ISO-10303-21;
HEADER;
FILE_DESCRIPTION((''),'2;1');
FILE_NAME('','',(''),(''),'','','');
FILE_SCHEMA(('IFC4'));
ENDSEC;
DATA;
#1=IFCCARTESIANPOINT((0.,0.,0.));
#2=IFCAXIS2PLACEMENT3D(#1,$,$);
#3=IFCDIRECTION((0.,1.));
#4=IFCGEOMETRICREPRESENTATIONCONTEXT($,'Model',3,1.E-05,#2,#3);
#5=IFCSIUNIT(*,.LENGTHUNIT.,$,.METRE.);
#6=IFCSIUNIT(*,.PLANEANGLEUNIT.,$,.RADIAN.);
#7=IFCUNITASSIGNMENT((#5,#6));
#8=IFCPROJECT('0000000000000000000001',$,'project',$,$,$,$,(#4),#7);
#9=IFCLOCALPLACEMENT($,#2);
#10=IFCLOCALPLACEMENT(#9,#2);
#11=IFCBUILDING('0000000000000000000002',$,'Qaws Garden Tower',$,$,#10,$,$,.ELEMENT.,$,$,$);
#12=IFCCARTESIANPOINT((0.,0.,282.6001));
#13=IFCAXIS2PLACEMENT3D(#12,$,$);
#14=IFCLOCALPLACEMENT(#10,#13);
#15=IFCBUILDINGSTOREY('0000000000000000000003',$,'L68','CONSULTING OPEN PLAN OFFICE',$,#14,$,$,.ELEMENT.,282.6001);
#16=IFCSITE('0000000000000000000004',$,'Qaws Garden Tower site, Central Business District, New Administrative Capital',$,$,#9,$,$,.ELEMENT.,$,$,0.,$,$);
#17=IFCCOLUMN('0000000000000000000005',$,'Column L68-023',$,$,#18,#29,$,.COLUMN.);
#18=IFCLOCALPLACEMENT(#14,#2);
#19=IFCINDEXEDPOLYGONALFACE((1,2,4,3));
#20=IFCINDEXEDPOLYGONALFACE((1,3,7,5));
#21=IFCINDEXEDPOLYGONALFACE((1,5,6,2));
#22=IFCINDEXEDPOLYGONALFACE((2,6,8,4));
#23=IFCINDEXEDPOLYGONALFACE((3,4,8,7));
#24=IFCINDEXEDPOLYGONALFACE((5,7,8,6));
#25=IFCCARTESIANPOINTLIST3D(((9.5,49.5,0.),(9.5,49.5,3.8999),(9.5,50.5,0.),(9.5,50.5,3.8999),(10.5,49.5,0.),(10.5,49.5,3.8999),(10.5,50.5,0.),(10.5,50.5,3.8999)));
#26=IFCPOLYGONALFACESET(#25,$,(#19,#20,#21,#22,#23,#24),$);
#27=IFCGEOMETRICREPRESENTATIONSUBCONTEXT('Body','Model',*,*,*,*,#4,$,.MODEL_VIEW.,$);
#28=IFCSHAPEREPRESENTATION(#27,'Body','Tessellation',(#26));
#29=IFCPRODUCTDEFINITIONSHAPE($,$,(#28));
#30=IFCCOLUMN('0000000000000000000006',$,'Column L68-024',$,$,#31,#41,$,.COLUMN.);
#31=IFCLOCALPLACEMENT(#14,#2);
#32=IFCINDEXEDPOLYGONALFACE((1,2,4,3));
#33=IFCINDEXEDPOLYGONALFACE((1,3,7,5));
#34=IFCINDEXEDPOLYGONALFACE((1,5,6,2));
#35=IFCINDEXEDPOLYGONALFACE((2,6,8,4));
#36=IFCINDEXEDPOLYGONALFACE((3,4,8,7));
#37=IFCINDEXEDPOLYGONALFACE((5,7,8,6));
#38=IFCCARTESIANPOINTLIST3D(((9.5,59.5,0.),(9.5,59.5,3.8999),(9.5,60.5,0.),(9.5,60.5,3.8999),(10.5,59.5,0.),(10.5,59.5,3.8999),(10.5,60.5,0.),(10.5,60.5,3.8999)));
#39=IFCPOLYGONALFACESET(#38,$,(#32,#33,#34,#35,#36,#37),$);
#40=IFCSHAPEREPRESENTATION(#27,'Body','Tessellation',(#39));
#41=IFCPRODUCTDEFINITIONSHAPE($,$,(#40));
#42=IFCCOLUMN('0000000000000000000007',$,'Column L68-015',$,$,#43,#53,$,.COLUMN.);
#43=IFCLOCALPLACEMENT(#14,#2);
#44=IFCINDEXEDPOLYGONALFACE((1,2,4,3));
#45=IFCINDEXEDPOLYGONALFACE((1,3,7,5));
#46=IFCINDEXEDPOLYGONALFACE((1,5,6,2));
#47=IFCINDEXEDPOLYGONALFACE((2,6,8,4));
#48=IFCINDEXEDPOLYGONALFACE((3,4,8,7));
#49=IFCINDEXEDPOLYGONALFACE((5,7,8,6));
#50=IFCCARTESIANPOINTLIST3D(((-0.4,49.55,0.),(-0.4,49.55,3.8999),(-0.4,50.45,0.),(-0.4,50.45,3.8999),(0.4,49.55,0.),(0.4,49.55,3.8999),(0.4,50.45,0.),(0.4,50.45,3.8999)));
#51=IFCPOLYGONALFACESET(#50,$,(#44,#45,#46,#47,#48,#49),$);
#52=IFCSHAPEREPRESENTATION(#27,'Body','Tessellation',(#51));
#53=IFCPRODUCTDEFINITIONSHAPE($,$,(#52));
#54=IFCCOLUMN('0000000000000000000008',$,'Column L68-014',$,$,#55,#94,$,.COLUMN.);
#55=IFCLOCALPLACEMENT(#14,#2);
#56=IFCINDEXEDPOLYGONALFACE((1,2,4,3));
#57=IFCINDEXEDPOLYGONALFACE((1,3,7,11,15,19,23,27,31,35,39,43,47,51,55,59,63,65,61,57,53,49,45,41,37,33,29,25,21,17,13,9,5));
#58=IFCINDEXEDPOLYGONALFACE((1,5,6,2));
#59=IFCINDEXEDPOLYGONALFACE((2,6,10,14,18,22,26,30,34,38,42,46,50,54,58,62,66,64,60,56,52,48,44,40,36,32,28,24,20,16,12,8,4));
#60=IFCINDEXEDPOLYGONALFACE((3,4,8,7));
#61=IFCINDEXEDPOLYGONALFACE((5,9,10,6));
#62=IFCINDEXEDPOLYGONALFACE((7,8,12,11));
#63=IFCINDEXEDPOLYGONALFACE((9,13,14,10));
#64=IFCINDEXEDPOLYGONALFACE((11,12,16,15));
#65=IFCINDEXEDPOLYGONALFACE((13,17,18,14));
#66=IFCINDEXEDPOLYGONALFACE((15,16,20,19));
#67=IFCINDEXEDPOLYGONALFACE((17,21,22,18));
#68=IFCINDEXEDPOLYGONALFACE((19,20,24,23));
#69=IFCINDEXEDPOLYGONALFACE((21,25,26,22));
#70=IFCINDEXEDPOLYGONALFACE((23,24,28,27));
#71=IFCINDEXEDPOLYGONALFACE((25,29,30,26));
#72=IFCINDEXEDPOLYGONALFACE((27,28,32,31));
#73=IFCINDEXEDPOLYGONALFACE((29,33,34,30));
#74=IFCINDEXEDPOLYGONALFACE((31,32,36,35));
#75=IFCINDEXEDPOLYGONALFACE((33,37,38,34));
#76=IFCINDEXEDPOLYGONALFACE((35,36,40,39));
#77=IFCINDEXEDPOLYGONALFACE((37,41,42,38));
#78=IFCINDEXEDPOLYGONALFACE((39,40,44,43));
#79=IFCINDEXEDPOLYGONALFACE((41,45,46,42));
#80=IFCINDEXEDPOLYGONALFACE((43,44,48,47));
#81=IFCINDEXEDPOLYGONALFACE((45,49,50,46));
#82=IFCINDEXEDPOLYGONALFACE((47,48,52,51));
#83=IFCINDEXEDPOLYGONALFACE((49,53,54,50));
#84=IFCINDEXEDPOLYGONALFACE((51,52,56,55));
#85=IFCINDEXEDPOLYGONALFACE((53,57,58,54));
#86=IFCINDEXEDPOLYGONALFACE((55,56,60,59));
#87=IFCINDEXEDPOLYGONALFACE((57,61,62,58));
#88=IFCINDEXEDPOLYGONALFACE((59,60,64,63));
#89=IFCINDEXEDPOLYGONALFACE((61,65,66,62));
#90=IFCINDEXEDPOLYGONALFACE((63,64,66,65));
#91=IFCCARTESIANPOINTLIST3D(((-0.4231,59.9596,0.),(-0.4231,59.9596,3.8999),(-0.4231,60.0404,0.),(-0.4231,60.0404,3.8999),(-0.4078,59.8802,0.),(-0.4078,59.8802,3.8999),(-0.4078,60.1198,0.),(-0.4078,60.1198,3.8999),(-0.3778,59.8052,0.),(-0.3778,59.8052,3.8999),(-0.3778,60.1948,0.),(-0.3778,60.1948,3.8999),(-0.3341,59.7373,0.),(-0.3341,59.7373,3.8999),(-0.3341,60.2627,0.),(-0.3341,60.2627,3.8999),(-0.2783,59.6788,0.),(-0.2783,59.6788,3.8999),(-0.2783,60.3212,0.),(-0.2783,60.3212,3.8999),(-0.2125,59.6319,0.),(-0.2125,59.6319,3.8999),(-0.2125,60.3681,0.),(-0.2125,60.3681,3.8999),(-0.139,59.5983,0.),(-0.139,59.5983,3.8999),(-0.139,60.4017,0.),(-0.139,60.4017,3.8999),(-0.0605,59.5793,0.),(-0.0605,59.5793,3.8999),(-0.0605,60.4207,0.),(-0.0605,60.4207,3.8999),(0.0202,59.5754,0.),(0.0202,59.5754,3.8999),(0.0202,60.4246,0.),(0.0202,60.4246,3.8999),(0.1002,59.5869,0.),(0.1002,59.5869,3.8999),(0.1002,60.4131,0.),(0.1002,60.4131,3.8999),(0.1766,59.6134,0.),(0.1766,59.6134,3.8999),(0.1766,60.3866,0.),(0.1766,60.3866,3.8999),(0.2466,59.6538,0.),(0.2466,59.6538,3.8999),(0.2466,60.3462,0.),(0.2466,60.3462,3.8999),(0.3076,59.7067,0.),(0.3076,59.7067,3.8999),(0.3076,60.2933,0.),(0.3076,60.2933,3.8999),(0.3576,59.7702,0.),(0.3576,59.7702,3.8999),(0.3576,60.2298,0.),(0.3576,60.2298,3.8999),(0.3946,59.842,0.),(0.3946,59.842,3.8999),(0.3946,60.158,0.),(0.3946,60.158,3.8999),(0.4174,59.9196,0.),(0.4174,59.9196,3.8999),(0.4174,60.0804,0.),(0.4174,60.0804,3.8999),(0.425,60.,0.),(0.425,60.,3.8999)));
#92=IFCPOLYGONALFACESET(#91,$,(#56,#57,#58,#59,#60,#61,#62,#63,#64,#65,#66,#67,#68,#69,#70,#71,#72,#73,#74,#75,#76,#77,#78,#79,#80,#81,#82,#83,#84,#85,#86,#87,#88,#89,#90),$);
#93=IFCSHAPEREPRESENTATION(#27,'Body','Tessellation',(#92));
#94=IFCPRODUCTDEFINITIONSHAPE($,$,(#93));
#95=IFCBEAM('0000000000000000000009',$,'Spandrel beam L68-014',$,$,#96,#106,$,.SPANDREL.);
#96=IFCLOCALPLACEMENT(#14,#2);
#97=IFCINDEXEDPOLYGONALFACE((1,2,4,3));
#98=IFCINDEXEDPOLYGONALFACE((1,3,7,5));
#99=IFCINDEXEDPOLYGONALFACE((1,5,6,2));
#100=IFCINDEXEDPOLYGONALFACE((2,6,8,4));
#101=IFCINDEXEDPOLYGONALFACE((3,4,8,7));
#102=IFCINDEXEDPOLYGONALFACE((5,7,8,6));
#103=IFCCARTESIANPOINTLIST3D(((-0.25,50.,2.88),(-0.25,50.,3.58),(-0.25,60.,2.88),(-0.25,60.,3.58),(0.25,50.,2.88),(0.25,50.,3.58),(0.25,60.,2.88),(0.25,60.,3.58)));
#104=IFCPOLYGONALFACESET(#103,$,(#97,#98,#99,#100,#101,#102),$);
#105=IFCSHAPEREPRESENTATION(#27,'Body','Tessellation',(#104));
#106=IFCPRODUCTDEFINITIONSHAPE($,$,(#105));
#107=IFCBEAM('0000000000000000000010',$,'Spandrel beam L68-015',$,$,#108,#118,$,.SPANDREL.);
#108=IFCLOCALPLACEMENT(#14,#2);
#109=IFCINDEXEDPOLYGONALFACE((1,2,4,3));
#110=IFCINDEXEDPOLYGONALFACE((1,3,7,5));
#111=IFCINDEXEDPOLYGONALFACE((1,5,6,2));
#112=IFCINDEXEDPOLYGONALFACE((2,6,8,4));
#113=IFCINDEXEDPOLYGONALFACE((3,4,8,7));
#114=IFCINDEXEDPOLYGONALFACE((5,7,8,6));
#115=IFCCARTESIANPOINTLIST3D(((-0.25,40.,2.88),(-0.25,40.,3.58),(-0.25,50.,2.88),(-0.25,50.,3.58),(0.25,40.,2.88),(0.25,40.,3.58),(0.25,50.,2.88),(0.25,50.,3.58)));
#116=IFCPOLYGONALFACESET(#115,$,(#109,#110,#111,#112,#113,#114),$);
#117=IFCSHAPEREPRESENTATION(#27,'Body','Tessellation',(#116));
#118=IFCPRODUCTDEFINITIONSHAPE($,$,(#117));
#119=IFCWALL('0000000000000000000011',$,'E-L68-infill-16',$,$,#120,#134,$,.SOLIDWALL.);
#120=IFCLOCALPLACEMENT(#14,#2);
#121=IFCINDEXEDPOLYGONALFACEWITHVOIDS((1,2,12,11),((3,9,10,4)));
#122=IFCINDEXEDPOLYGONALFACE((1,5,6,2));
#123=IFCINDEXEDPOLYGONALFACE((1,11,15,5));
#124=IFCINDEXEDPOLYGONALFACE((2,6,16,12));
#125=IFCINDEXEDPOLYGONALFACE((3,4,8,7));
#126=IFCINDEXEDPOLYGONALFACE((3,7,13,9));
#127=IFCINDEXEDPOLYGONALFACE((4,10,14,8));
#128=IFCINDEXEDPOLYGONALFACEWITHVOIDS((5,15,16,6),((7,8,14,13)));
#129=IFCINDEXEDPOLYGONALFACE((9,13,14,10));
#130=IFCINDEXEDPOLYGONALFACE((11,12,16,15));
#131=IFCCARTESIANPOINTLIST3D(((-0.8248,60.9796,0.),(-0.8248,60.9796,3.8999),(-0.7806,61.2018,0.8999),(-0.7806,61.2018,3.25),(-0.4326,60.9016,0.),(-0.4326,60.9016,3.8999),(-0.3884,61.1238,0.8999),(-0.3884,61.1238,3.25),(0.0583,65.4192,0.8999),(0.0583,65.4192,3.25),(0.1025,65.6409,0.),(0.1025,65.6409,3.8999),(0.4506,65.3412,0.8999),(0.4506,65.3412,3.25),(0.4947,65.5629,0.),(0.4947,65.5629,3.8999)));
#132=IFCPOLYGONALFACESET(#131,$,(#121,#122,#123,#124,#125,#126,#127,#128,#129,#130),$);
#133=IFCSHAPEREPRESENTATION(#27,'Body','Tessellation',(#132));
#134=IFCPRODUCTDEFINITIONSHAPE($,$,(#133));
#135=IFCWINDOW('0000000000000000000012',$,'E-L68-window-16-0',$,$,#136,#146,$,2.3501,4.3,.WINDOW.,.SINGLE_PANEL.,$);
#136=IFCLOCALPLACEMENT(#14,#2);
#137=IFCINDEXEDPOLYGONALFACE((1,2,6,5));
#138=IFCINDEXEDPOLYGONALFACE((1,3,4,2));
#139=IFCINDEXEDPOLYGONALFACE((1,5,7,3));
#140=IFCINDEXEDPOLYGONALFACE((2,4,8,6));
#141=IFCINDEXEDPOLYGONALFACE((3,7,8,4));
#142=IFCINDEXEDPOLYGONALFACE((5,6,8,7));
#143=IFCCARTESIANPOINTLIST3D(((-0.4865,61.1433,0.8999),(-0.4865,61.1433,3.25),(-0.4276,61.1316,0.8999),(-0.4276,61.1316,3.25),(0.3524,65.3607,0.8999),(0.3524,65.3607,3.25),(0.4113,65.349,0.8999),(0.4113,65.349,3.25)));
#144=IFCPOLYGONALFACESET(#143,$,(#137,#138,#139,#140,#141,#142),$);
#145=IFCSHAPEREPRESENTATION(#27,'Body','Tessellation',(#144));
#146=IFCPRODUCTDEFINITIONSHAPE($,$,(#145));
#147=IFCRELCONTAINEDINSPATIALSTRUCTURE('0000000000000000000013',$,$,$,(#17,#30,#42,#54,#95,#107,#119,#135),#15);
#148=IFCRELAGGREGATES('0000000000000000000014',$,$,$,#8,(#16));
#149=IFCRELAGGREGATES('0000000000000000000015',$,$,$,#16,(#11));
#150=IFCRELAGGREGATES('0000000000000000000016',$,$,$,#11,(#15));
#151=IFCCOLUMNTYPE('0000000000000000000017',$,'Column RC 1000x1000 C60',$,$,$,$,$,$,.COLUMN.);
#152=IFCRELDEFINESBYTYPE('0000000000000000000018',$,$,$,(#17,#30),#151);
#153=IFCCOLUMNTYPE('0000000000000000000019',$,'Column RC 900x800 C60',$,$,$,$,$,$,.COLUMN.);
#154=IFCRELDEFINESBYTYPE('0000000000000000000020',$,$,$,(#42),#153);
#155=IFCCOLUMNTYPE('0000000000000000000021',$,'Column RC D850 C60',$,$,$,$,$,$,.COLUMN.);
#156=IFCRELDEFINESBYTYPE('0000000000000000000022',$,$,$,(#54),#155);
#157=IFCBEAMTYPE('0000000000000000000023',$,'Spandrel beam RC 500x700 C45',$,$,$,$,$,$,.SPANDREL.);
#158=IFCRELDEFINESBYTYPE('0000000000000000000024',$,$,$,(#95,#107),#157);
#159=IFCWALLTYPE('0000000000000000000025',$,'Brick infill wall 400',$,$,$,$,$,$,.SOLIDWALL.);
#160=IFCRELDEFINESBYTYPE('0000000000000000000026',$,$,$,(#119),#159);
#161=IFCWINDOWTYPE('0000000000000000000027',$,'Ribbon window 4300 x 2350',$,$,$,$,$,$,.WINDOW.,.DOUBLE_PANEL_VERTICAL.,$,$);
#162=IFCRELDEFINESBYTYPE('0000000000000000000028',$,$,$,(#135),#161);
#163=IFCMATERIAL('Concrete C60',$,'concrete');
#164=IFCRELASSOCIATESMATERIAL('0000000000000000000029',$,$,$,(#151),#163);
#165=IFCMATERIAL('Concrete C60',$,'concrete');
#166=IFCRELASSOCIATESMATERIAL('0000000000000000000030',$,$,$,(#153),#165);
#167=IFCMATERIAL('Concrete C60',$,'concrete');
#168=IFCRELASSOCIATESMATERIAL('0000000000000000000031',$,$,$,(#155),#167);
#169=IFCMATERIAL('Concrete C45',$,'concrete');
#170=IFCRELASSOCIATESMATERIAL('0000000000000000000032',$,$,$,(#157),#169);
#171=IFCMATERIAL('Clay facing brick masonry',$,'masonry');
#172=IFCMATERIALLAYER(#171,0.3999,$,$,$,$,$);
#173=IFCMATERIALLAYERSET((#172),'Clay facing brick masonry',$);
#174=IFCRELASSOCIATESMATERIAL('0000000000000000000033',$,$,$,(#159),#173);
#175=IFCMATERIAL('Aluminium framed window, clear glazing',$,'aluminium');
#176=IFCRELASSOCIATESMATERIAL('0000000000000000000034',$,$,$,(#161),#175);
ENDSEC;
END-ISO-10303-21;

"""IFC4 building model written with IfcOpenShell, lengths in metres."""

from ifc_helpers import new_model, si_unit, direction, frame, frame_2d, origin, origin_2d, place, context, subcontext, project, spatial, rectangle, circle, extrude, material, layer, layer_set, material_profile, profile_set, type_object, element, fill, save


model = new_model("IFC4")

# Units and contexts
model_context = context("Model", 3, precision=1e-05, world=origin(), true_north=direction((0.0, 1.0)))
body_context = subcontext(model_context, "Body", "Model", "MODEL_VIEW")
ifc_project = project(units=[si_unit("LENGTHUNIT", "METRE"), si_unit("PLANEANGLEUNIT", "RADIAN")], contexts=[model_context])

# Site, building, storey
site_placement = place(None, origin())
site = spatial("IfcSite", under=ifc_project, at=site_placement, Name="Qaws Garden Tower site, Central Business District, New Administrative Capital", CompositionType="ELEMENT", RefElevation=0.0)
building_placement = place(site_placement, origin())
building = spatial("IfcBuilding", under=site, at=building_placement, Name="Qaws Garden Tower", CompositionType="ELEMENT")
storey_placement = place(building_placement, frame((0.0, 0.0, 282.6001)))
storey = spatial("IfcBuildingStorey", under=building, at=storey_placement, Name="L68", Description="CONSULTING OPEN PLAN OFFICE", CompositionType="ELEMENT", Elevation=282.6001)

# Columns
ifc_material_1 = material(Name="Concrete C60", Category="concrete")
ifc_material_profile_1 = material_profile(ifc_material_1, rectangle(XDim=1.0, YDim=1.0, at=origin_2d()), Name="RC 1000x1000")
ifc_profile_set_1 = profile_set([ifc_material_profile_1], Name="Concrete C60")
column_type_1 = type_object("IfcColumnType", Name="Column RC 1000x1000 C60", PredefinedType="COLUMN", material=ifc_profile_set_1)
for number, where, z_axis, x_axis, name in (
    (1, (10.0, 50.0, 0.0), (0.0, 0.0, 1.0), (1.0, 0.0, 0.0), "Column L68-023"),
    (2, (10.0, 60.0, 0.0), (0.0, 0.0, 1.0), (1.0, 0.0, 0.0), "Column L68-024"),
):
    element("IfcColumn", number, at=place(storey_placement, frame(where, z_axis=z_axis, x_axis=x_axis)), inside=storey, type_object=column_type_1, Name=name, PredefinedType="COLUMN", context=body_context, shape_type="SweptSolid", body=[
        extrude(rectangle(XDim=1.0, YDim=1.0, at=origin_2d()), origin(), (0.0, 0.0, 1.0), 3.8999),
    ])
ifc_material_2 = material(Name="Concrete C60", Category="concrete")
ifc_material_profile_2 = material_profile(ifc_material_2, rectangle(XDim=0.8999, YDim=0.8, at=origin_2d()), Name="RC 900x800")
ifc_profile_set_2 = profile_set([ifc_material_profile_2], Name="Concrete C60")
column_type_2 = type_object("IfcColumnType", Name="Column RC 900x800 C60", PredefinedType="COLUMN", material=ifc_profile_set_2)
column_1_placement = place(storey_placement, frame((0.0, 50.0, 0.0), z_axis=(0.0, 0.0, 1.0), x_axis=(0.0, 1.0, 0.0)))
element("IfcColumn", 3, at=column_1_placement, inside=storey, type_object=column_type_2, Name="Column L68-015", PredefinedType="COLUMN", context=body_context, shape_type="SweptSolid", body=[
    extrude(rectangle(XDim=0.8999, YDim=0.8, at=origin_2d()), origin(), (0.0, 0.0, 1.0), 3.8999),
])
ifc_material_3 = material(Name="Concrete C60", Category="concrete")
ifc_material_profile_3 = material_profile(ifc_material_3, circle(Radius=0.425, at=origin_2d()), Name="RC D850")
ifc_profile_set_3 = profile_set([ifc_material_profile_3], Name="Concrete C60")
column_type_3 = type_object("IfcColumnType", Name="Column RC D850 C60", PredefinedType="COLUMN", material=ifc_profile_set_3)
column_2_placement = place(storey_placement, frame((0.0, 60.0, 0.0), z_axis=(0.0, 0.0, 1.0), x_axis=(1.0, 0.0, 0.0)))
element("IfcColumn", 4, at=column_2_placement, inside=storey, type_object=column_type_3, Name="Column L68-014", PredefinedType="COLUMN", context=body_context, shape_type="SweptSolid", body=[
    extrude(circle(Radius=0.425, at=origin_2d()), origin(), (0.0, 0.0, 1.0), 3.8999),
])

# Beams
ifc_material_4 = material(Name="Concrete C45", Category="concrete")
ifc_material_profile_4 = material_profile(ifc_material_4, rectangle(XDim=0.5, YDim=0.7, at=origin_2d()), Name="RC 500x700")
ifc_profile_set_4 = profile_set([ifc_material_profile_4], Name="Concrete C45")
beam_type = type_object("IfcBeamType", Name="Spandrel beam RC 500x700 C45", PredefinedType="SPANDREL", material=ifc_profile_set_4)
for number, where, z_axis, x_axis, name in (
    (5, (0.0, 60.0, 3.23), (0.0, -1.0, 0.0), (1.0, 0.0, 0.0), "Spandrel beam L68-014"),
    (6, (0.0, 50.0, 3.23), (0.0, -1.0, 0.0), (1.0, 0.0, 0.0), "Spandrel beam L68-015"),
):
    element("IfcBeam", number, at=place(storey_placement, frame(where, z_axis=z_axis, x_axis=x_axis)), inside=storey, type_object=beam_type, Name=name, PredefinedType="SPANDREL", context=body_context, shape_type="SweptSolid", body=[
        extrude(rectangle(XDim=0.5, YDim=0.7, at=origin_2d()), origin(), (0.0, 0.0, 1.0), 10.0),
    ])

# Wall, opening, window
ifc_material_5 = material(Name="Clay facing brick masonry", Category="masonry")
ifc_layer_1 = layer(ifc_material_5, 0.3999)
ifc_layer_set_1 = layer_set([ifc_layer_1], Name="Clay facing brick masonry")
wall_type_1 = type_object("IfcWallType", Name="Brick infill wall 400", PredefinedType="SOLIDWALL", material=ifc_layer_set_1)
wall_1_placement = place(storey_placement, frame((0.2986, 65.6021, 0.0), z_axis=(0.0, 0.0, 1.0), x_axis=(-0.195099, -0.980784, 0.0)))
wall_1 = element("IfcWall", 7, at=wall_1_placement, inside=storey, type_object=wall_type_1, Name="E-L68-infill-16", PredefinedType="SOLIDWALL", context=body_context, shape_type="SweptSolid", body=[
    extrude(rectangle(XDim=4.7527, YDim=0.3999, at=frame_2d((2.3765, 0.0))), origin(), (0.0, 0.0, 1.0), 3.8999),
])
opening_1_placement = place(wall_1_placement, frame((0.2263, 0.0, 0.8999)))
opening_1 = element("IfcOpeningElement", 8, at=opening_1_placement, cuts=wall_1, PredefinedType="OPENING", context=body_context, shape_type="SweptSolid", body=[
    extrude(rectangle(XDim=4.3, YDim=2.3501, at=frame_2d((2.1499, 1.175))), frame((0.0, 0.21, 0.0), z_axis=(0.0, -1.0, 0.0), x_axis=(1.0, 0.0, 0.0)), (0.0, 0.0, 1.0), 0.4199),
])
ifc_material_6 = material(Name="Aluminium framed window, clear glazing", Category="aluminium")
window_type_1 = type_object("IfcWindowType", Name="Ribbon window 4300 x 2350", PartitioningType="DOUBLE_PANEL_VERTICAL", PredefinedType="WINDOW", material=ifc_material_6)
window_1_placement = place(opening_1_placement, origin())
window_1 = element("IfcWindow", 9, at=window_1_placement, inside=storey, type_object=window_type_1, Name="E-L68-window-16-0", OverallHeight=2.3501, OverallWidth=4.3, PartitioningType="SINGLE_PANEL", PredefinedType="WINDOW", context=body_context, shape_type="SweptSolid", body=[
    extrude(rectangle(XDim=4.3, YDim=2.3501, at=frame_2d((2.1499, 1.175))), frame((0.0, 0.1599, 0.0), z_axis=(0.0, -1.0, 0.0), x_axis=(1.0, 0.0, 0.0)), (0.0, 0.0, 1.0), 0.0601),
])
fill(opening_1, window_1)

save(model, "model.ifc")
